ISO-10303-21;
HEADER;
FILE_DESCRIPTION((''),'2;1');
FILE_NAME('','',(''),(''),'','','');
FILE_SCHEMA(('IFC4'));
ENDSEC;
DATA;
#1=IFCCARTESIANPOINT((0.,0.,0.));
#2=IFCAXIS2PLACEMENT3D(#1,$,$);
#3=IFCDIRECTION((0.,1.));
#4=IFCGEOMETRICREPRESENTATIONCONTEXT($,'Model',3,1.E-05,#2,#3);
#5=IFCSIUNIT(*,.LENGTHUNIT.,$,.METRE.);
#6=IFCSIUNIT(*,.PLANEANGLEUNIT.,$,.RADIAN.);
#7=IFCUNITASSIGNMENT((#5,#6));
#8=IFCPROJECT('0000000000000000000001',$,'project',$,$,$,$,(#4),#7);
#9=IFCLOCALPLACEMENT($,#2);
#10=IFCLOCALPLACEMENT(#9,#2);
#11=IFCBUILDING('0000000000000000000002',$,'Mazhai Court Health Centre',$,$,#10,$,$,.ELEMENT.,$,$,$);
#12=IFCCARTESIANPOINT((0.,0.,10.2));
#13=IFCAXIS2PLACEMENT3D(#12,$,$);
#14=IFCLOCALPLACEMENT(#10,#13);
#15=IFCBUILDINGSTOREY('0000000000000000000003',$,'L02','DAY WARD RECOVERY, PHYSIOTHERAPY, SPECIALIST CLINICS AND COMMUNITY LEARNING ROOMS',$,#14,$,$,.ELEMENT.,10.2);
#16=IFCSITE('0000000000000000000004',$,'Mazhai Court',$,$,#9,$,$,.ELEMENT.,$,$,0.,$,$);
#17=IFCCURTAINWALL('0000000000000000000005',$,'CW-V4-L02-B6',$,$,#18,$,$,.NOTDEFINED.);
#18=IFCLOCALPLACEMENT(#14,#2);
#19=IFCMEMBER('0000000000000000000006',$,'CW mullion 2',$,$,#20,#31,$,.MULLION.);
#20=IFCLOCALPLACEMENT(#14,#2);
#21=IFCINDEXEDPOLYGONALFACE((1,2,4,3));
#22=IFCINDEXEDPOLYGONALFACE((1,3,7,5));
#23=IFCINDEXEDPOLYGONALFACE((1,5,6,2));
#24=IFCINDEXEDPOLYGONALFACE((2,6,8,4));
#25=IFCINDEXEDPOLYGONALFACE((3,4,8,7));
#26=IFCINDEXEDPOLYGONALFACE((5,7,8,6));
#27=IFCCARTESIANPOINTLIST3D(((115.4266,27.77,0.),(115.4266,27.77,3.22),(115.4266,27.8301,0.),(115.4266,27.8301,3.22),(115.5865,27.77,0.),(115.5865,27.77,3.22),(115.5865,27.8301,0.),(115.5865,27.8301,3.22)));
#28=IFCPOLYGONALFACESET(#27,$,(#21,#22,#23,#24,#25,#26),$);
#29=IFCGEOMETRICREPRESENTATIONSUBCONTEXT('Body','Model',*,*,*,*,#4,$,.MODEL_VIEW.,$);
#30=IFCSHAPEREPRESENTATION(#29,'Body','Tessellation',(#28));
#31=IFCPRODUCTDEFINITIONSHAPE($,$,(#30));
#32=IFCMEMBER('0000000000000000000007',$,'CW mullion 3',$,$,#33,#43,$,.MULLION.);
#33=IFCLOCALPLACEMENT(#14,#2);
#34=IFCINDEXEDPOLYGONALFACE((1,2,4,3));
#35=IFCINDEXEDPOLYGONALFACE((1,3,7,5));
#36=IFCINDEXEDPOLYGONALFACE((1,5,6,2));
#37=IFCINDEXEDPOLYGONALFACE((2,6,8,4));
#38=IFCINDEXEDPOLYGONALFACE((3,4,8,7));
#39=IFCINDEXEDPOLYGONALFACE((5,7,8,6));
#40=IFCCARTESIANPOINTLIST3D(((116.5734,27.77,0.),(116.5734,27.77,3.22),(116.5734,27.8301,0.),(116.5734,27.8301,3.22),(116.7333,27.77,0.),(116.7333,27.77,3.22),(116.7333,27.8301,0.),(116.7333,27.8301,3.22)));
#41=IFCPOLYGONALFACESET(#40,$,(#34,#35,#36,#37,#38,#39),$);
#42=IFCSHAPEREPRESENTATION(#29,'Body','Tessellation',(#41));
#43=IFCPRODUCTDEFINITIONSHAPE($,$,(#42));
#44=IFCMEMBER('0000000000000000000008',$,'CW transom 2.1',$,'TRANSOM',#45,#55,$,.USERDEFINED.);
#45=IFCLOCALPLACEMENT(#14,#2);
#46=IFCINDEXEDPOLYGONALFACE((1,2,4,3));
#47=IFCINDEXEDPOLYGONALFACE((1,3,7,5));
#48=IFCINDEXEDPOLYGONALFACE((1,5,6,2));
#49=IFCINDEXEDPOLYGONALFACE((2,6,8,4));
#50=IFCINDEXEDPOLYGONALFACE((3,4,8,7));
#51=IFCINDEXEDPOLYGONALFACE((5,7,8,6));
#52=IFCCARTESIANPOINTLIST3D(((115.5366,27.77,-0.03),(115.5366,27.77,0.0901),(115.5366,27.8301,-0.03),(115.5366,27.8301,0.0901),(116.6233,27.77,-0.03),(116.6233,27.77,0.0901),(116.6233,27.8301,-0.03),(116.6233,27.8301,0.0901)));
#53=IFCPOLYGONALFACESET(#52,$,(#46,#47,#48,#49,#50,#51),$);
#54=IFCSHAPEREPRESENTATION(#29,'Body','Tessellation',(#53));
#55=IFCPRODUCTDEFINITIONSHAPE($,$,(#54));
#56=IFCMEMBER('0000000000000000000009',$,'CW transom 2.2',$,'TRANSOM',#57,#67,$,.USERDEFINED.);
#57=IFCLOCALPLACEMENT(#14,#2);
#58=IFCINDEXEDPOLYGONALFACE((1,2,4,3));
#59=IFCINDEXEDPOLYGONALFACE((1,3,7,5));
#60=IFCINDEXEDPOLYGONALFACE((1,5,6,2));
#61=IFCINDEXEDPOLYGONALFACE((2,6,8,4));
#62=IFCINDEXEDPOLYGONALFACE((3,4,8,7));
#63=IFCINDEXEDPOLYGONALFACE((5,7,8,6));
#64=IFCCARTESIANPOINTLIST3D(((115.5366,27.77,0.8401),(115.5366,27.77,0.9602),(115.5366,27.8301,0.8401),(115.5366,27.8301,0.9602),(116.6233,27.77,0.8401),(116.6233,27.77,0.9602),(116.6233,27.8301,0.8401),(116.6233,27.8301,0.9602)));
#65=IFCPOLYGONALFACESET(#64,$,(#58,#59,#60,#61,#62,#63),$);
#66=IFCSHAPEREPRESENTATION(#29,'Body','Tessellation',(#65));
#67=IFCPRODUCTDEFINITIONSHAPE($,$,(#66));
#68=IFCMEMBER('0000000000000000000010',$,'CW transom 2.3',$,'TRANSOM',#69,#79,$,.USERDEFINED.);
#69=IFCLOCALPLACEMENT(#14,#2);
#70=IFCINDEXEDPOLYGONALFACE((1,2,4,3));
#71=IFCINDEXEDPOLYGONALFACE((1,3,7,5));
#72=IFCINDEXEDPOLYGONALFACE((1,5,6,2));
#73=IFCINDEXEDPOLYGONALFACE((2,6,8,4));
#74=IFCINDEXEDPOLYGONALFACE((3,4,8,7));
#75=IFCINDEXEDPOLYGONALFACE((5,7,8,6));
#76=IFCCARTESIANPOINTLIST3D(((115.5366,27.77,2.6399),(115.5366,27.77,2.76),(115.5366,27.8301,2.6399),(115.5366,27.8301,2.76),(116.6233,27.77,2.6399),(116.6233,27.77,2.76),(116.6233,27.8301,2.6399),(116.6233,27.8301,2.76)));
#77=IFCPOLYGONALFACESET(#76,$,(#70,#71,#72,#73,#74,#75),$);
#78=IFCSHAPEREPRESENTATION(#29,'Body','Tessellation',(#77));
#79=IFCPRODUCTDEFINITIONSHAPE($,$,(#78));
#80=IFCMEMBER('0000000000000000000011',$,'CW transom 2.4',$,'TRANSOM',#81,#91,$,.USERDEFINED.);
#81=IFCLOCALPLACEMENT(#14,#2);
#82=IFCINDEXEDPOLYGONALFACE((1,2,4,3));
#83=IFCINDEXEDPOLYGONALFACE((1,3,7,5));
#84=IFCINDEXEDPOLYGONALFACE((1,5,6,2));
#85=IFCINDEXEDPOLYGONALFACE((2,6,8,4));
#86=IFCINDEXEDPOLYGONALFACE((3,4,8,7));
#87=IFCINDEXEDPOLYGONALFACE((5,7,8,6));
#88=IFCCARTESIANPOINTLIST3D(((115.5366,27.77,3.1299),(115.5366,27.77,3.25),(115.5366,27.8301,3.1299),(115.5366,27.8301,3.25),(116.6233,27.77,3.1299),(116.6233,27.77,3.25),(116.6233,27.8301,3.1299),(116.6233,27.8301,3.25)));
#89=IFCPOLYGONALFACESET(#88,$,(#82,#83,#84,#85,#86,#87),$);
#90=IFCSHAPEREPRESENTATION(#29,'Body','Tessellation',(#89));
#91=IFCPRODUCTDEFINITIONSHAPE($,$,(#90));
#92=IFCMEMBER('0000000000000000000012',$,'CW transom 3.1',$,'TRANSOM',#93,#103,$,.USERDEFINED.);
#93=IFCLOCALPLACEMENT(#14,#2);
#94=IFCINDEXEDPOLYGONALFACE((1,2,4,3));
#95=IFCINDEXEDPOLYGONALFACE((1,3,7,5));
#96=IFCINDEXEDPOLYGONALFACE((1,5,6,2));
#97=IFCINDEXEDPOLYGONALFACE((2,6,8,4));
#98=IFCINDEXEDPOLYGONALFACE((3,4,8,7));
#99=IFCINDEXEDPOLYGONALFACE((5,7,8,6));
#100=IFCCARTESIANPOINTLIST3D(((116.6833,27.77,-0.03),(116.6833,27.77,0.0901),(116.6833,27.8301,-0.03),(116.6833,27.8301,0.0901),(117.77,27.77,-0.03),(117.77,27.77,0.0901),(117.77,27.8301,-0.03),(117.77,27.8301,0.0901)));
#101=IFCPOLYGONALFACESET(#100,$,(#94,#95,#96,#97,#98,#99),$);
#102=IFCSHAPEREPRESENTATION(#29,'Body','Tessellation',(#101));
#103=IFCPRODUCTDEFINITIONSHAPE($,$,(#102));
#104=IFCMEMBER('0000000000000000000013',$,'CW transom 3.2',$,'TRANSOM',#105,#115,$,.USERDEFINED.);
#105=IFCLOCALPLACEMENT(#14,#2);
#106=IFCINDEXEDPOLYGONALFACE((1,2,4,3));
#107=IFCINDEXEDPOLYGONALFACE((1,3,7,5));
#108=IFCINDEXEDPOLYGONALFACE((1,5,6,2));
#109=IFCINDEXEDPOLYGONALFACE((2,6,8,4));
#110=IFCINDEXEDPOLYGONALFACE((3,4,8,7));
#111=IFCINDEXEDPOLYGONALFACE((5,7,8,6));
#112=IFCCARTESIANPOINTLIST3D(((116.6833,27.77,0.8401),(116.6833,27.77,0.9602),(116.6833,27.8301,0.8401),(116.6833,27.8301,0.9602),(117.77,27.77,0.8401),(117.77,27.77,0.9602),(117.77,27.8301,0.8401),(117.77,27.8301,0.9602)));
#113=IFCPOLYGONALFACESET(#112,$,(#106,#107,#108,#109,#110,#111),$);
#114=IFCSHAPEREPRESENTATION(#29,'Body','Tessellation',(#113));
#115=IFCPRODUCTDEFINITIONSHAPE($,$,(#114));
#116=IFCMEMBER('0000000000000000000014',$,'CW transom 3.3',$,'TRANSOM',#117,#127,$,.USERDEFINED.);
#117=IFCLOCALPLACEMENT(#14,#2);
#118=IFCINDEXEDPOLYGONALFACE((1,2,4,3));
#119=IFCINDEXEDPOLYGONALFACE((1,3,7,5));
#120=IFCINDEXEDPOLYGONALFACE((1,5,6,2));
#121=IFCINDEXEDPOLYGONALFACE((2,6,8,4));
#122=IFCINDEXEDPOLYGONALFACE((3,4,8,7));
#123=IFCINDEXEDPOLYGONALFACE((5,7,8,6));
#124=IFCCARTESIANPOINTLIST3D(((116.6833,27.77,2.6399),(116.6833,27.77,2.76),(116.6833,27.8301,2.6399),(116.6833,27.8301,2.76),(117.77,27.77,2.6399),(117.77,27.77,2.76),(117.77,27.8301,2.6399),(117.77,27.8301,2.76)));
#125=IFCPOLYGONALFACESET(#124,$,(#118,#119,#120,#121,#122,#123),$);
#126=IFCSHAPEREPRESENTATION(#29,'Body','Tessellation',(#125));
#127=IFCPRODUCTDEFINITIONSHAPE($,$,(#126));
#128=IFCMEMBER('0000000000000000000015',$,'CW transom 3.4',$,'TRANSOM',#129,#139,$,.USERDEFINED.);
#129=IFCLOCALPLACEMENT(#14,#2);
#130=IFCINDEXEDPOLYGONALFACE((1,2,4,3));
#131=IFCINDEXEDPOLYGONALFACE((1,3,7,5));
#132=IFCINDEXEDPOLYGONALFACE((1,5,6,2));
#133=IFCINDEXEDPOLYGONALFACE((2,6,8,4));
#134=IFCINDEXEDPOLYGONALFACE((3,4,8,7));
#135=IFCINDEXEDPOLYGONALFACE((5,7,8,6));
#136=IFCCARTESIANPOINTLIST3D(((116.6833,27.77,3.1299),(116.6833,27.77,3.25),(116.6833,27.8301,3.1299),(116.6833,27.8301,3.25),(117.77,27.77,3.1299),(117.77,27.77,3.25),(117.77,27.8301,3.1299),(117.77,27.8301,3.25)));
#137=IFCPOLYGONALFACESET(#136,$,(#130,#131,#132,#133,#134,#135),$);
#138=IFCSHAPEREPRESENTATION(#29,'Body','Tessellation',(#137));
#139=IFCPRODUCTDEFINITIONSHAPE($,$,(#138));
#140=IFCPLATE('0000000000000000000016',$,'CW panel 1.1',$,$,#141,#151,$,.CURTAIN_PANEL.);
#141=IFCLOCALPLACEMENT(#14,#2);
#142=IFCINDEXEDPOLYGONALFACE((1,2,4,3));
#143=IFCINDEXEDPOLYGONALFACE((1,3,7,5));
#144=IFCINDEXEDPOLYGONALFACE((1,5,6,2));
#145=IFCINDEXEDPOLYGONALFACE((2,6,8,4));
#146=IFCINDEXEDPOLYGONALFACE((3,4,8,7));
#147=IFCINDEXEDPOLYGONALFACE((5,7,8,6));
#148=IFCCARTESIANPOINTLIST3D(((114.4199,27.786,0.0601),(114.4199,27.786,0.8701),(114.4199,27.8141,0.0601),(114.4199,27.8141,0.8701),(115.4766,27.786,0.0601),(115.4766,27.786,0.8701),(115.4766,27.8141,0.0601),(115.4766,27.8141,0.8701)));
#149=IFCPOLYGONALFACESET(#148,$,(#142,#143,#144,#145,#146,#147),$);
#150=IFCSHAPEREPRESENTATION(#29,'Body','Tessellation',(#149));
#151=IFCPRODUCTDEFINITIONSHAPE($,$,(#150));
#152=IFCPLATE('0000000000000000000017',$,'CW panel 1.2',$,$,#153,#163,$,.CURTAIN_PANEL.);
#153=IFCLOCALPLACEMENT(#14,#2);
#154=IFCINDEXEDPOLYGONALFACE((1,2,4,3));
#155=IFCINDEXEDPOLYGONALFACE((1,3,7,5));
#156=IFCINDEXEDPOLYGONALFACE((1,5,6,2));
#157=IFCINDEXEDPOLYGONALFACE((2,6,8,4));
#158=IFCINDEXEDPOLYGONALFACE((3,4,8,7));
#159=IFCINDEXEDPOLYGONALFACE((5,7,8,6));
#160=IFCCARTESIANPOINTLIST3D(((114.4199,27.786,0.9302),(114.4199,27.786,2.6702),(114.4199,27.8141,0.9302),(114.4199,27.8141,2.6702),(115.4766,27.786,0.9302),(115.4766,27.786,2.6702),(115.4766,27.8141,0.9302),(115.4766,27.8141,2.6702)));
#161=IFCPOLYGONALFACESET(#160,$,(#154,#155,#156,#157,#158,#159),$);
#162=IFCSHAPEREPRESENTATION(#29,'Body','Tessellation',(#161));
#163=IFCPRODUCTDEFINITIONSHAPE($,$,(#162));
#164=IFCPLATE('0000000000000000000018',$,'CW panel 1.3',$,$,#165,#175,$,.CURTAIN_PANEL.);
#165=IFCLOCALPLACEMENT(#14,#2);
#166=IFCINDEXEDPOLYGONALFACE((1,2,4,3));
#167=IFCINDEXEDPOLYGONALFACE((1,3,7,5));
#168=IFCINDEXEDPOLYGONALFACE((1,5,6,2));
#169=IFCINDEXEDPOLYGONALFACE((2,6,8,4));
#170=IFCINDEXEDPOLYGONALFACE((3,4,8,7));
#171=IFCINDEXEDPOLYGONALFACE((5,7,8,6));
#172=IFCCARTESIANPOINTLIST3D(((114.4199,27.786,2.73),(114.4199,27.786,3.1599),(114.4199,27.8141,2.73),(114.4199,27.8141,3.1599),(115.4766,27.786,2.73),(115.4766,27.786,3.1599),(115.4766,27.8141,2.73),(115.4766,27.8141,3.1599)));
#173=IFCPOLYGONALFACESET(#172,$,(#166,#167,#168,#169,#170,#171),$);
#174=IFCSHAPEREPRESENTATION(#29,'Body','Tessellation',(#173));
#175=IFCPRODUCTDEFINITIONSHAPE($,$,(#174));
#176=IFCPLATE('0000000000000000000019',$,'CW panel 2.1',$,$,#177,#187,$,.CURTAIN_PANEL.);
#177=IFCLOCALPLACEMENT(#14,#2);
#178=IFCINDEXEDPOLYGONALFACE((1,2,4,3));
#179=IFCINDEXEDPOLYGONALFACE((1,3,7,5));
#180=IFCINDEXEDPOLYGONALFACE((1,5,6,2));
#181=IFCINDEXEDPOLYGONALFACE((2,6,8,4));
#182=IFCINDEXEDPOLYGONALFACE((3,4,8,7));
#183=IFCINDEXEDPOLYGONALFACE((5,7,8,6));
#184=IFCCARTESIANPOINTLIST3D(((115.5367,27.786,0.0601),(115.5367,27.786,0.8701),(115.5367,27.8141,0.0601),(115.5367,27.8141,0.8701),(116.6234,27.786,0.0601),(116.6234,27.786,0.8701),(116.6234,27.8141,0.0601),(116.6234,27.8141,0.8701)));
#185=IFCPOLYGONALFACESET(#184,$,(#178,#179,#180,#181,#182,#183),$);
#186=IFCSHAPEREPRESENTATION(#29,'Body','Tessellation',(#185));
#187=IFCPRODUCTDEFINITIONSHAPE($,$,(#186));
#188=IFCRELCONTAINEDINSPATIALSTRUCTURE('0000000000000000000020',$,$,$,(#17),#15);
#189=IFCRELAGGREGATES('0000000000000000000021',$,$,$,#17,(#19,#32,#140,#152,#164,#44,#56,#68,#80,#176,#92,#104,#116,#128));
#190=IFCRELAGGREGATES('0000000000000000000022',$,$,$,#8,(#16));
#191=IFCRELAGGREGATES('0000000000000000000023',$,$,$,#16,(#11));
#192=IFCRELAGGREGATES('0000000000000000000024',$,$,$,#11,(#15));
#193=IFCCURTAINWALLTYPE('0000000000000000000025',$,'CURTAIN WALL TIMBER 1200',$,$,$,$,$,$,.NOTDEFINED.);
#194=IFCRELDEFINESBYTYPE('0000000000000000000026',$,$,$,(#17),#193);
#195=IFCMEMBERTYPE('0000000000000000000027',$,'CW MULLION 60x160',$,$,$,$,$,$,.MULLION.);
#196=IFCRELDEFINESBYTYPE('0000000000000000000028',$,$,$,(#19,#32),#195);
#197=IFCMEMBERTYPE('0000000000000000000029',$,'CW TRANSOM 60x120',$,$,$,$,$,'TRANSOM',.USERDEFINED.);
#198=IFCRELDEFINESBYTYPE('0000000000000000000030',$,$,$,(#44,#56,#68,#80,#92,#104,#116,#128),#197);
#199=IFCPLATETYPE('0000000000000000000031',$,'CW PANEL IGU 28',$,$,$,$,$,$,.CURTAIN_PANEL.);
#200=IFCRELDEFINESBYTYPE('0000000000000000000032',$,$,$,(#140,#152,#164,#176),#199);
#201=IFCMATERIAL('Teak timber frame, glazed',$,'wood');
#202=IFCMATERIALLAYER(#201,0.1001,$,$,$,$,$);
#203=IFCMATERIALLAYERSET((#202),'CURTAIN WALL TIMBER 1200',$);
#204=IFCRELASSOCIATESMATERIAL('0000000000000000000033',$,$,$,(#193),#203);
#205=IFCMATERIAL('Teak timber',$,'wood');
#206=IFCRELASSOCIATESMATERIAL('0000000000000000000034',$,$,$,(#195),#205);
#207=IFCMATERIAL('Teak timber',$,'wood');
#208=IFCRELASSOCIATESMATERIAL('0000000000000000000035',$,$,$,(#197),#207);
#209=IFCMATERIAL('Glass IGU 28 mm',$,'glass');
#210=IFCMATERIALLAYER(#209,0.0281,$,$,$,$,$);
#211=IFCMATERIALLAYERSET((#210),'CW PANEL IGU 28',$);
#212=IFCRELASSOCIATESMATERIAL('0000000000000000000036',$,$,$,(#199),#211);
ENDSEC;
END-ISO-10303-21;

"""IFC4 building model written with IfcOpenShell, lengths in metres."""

from ifc_helpers import new_model, si_unit, direction, frame, origin, origin_2d, place, context, subcontext, project, spatial, rectangle, extrude, material, layer, layer_set, material_profile, profile_set, type_object, element, aggregate, save


model = new_model("IFC4")

# Units and contexts
model_context = context("Model", 3, precision=1e-05, world=origin(), true_north=direction((0.0, 1.0)))
body_context = subcontext(model_context, "Body", "Model", "MODEL_VIEW")
ifc_project = project(units=[si_unit("LENGTHUNIT", "METRE"), si_unit("PLANEANGLEUNIT", "RADIAN")], contexts=[model_context])

# Site, building, storey
site_placement = place(None, origin())
site = spatial("IfcSite", under=ifc_project, at=site_placement, Name="Mazhai Court", CompositionType="ELEMENT", RefElevation=0.0)
building_placement = place(site_placement, origin())
building = spatial("IfcBuilding", under=site, at=building_placement, Name="Mazhai Court Health Centre", CompositionType="ELEMENT")
storey_placement = place(building_placement, frame((0.0, 0.0, 10.2)))
storey = spatial("IfcBuildingStorey", under=building, at=storey_placement, Name="L02", Description="DAY WARD RECOVERY, PHYSIOTHERAPY, SPECIALIST CLINICS AND COMMUNITY LEARNING ROOMS", CompositionType="ELEMENT", Elevation=10.2)

# Curtain wall, members, plates
ifc_material_1 = material(Name="Teak timber frame, glazed", Category="wood")
ifc_layer_1 = layer(ifc_material_1, 0.1001)
ifc_layer_set_1 = layer_set([ifc_layer_1], Name="CURTAIN WALL TIMBER 1200")
curtain_wall_type = type_object("IfcCurtainWallType", Name="CURTAIN WALL TIMBER 1200", PredefinedType="NOTDEFINED", material=ifc_layer_set_1)
curtain_wall_placement = place(storey_placement, origin())
curtain_wall = element("IfcCurtainWall", 1, at=curtain_wall_placement, inside=storey, type_object=curtain_wall_type, Name="CW-V4-L02-B6", PredefinedType="NOTDEFINED")
ifc_material_2 = material(Name="Teak timber", Category="wood")
ifc_material_profile_1 = material_profile(ifc_material_2, rectangle(XDim=0.0601, YDim=0.1599, at=origin_2d()), Name="CW MULLION 60x160")
ifc_profile_set_1 = profile_set([ifc_material_profile_1], Name="Teak timber")
member_type_1 = type_object("IfcMemberType", Name="CW MULLION 60x160", PredefinedType="MULLION", material=ifc_profile_set_1)
member_1_placement = place(storey_placement, frame((115.5066, 27.8, 0.0), z_axis=(0.0, 0.0, 1.0), x_axis=(0.0, 1.0, 0.0)))
member_1 = element("IfcMember", 2, at=member_1_placement, type_object=member_type_1, Name="CW mullion 2", PredefinedType="MULLION", context=body_context, shape_type="SweptSolid", body=[
    extrude(rectangle(XDim=0.0601, YDim=0.1599, at=origin_2d()), origin(), (0.0, 0.0, 1.0), 3.22),
])
member_2_placement = place(storey_placement, frame((116.6533, 27.8, 0.0), z_axis=(0.0, 0.0, 1.0), x_axis=(0.0, 1.0, 0.0)))
member_2 = element("IfcMember", 3, at=member_2_placement, type_object=member_type_1, Name="CW mullion 3", PredefinedType="MULLION", context=body_context, shape_type="SweptSolid", body=[
    extrude(rectangle(XDim=0.0601, YDim=0.1599, at=origin_2d()), origin(), (0.0, 0.0, 1.0), 3.22),
])
ifc_material_3 = material(Name="Teak timber", Category="wood")
ifc_material_profile_2 = material_profile(ifc_material_3, rectangle(XDim=0.0601, YDim=0.1201, at=origin_2d()), Name="CW TRANSOM 60x120")
ifc_profile_set_2 = profile_set([ifc_material_profile_2], Name="Teak timber")
member_type_2 = type_object("IfcMemberType", Name="CW TRANSOM 60x120", ElementType="TRANSOM", PredefinedType="USERDEFINED", material=ifc_profile_set_2)
member_3_placement = place(storey_placement, frame((115.5366, 27.8, 0.03), z_axis=(1.0, 0.0, 0.0), x_axis=(0.0, 1.0, 0.0)))
member_3 = element("IfcMember", 4, at=member_3_placement, type_object=member_type_2, Name="CW transom 2.1", ObjectType="TRANSOM", PredefinedType="USERDEFINED", context=body_context, shape_type="SweptSolid", body=[
    extrude(rectangle(XDim=0.0601, YDim=0.1201, at=origin_2d()), origin(), (0.0, 0.0, 1.0), 1.0867),
])
member_4_placement = place(storey_placement, frame((115.5366, 27.8, 0.9001), z_axis=(1.0, 0.0, 0.0), x_axis=(0.0, 1.0, 0.0)))
member_4 = element("IfcMember", 5, at=member_4_placement, type_object=member_type_2, Name="CW transom 2.2", ObjectType="TRANSOM", PredefinedType="USERDEFINED", context=body_context, shape_type="SweptSolid", body=[
    extrude(rectangle(XDim=0.0601, YDim=0.1201, at=origin_2d()), origin(), (0.0, 0.0, 1.0), 1.0867),
])
member_5_placement = place(storey_placement, frame((115.5366, 27.8, 2.7), z_axis=(1.0, 0.0, 0.0), x_axis=(0.0, 1.0, 0.0)))
member_5 = element("IfcMember", 6, at=member_5_placement, type_object=member_type_2, Name="CW transom 2.3", ObjectType="TRANSOM", PredefinedType="USERDEFINED", context=body_context, shape_type="SweptSolid", body=[
    extrude(rectangle(XDim=0.0601, YDim=0.1201, at=origin_2d()), origin(), (0.0, 0.0, 1.0), 1.0867),
])
member_6_placement = place(storey_placement, frame((115.5366, 27.8, 3.1899), z_axis=(1.0, 0.0, 0.0), x_axis=(0.0, 1.0, 0.0)))
member_6 = element("IfcMember", 7, at=member_6_placement, type_object=member_type_2, Name="CW transom 2.4", ObjectType="TRANSOM", PredefinedType="USERDEFINED", context=body_context, shape_type="SweptSolid", body=[
    extrude(rectangle(XDim=0.0601, YDim=0.1201, at=origin_2d()), origin(), (0.0, 0.0, 1.0), 1.0867),
])
member_7_placement = place(storey_placement, frame((116.6833, 27.8, 0.03), z_axis=(1.0, 0.0, 0.0), x_axis=(0.0, 1.0, 0.0)))
member_7 = element("IfcMember", 8, at=member_7_placement, type_object=member_type_2, Name="CW transom 3.1", ObjectType="TRANSOM", PredefinedType="USERDEFINED", context=body_context, shape_type="SweptSolid", body=[
    extrude(rectangle(XDim=0.0601, YDim=0.1201, at=origin_2d()), origin(), (0.0, 0.0, 1.0), 1.0867),
])
member_8_placement = place(storey_placement, frame((116.6833, 27.8, 0.9001), z_axis=(1.0, 0.0, 0.0), x_axis=(0.0, 1.0, 0.0)))
member_8 = element("IfcMember", 9, at=member_8_placement, type_object=member_type_2, Name="CW transom 3.2", ObjectType="TRANSOM", PredefinedType="USERDEFINED", context=body_context, shape_type="SweptSolid", body=[
    extrude(rectangle(XDim=0.0601, YDim=0.1201, at=origin_2d()), origin(), (0.0, 0.0, 1.0), 1.0867),
])
member_9_placement = place(storey_placement, frame((116.6833, 27.8, 2.7), z_axis=(1.0, 0.0, 0.0), x_axis=(0.0, 1.0, 0.0)))
member_9 = element("IfcMember", 10, at=member_9_placement, type_object=member_type_2, Name="CW transom 3.3", ObjectType="TRANSOM", PredefinedType="USERDEFINED", context=body_context, shape_type="SweptSolid", body=[
    extrude(rectangle(XDim=0.0601, YDim=0.1201, at=origin_2d()), origin(), (0.0, 0.0, 1.0), 1.0867),
])
member_10_placement = place(storey_placement, frame((116.6833, 27.8, 3.1899), z_axis=(1.0, 0.0, 0.0), x_axis=(0.0, 1.0, 0.0)))
member_10 = element("IfcMember", 11, at=member_10_placement, type_object=member_type_2, Name="CW transom 3.4", ObjectType="TRANSOM", PredefinedType="USERDEFINED", context=body_context, shape_type="SweptSolid", body=[
    extrude(rectangle(XDim=0.0601, YDim=0.1201, at=origin_2d()), origin(), (0.0, 0.0, 1.0), 1.0867),
])
ifc_material_4 = material(Name="Glass IGU 28 mm", Category="glass")
ifc_layer_2 = layer(ifc_material_4, 0.0281)
ifc_layer_set_2 = layer_set([ifc_layer_2], Name="CW PANEL IGU 28")
plate_type = type_object("IfcPlateType", Name="CW PANEL IGU 28", PredefinedType="CURTAIN_PANEL", material=ifc_layer_set_2)
plate_1_placement = place(storey_placement, frame((114.9482, 27.8, 0.0601), z_axis=(0.0, 0.0, 1.0), x_axis=(1.0, 0.0, 0.0)))
plate_1 = element("IfcPlate", 12, at=plate_1_placement, type_object=plate_type, Name="CW panel 1.1", PredefinedType="CURTAIN_PANEL", context=body_context, shape_type="SweptSolid", body=[
    extrude(rectangle(XDim=1.0566, YDim=0.0281, at=origin_2d()), origin(), (0.0, 0.0, 1.0), 0.8101),
])
plate_2_placement = place(storey_placement, frame((114.9482, 27.8, 0.9302), z_axis=(0.0, 0.0, 1.0), x_axis=(1.0, 0.0, 0.0)))
plate_2 = element("IfcPlate", 13, at=plate_2_placement, type_object=plate_type, Name="CW panel 1.2", PredefinedType="CURTAIN_PANEL", context=body_context, shape_type="SweptSolid", body=[
    extrude(rectangle(XDim=1.0566, YDim=0.0281, at=origin_2d()), origin(), (0.0, 0.0, 1.0), 1.74),
])
plate_3_placement = place(storey_placement, frame((114.9482, 27.8, 2.73), z_axis=(0.0, 0.0, 1.0), x_axis=(1.0, 0.0, 0.0)))
plate_3 = element("IfcPlate", 14, at=plate_3_placement, type_object=plate_type, Name="CW panel 1.3", PredefinedType="CURTAIN_PANEL", context=body_context, shape_type="SweptSolid", body=[
    extrude(rectangle(XDim=1.0566, YDim=0.0281, at=origin_2d()), origin(), (0.0, 0.0, 1.0), 0.4299),
])
plate_4_placement = place(storey_placement, frame((116.0801, 27.8, 0.0601), z_axis=(0.0, 0.0, 1.0), x_axis=(1.0, 0.0, 0.0)))
plate_4 = element("IfcPlate", 15, at=plate_4_placement, type_object=plate_type, Name="CW panel 2.1", PredefinedType="CURTAIN_PANEL", context=body_context, shape_type="SweptSolid", body=[
    extrude(rectangle(XDim=1.0867, YDim=0.0281, at=origin_2d()), origin(), (0.0, 0.0, 1.0), 0.8101),
])
aggregate(curtain_wall, [member_1, member_2, plate_1, plate_2, plate_3, member_3, member_4, member_5, member_6, plate_4, member_7, member_8, member_9, member_10])

save(model, "model.ifc")
